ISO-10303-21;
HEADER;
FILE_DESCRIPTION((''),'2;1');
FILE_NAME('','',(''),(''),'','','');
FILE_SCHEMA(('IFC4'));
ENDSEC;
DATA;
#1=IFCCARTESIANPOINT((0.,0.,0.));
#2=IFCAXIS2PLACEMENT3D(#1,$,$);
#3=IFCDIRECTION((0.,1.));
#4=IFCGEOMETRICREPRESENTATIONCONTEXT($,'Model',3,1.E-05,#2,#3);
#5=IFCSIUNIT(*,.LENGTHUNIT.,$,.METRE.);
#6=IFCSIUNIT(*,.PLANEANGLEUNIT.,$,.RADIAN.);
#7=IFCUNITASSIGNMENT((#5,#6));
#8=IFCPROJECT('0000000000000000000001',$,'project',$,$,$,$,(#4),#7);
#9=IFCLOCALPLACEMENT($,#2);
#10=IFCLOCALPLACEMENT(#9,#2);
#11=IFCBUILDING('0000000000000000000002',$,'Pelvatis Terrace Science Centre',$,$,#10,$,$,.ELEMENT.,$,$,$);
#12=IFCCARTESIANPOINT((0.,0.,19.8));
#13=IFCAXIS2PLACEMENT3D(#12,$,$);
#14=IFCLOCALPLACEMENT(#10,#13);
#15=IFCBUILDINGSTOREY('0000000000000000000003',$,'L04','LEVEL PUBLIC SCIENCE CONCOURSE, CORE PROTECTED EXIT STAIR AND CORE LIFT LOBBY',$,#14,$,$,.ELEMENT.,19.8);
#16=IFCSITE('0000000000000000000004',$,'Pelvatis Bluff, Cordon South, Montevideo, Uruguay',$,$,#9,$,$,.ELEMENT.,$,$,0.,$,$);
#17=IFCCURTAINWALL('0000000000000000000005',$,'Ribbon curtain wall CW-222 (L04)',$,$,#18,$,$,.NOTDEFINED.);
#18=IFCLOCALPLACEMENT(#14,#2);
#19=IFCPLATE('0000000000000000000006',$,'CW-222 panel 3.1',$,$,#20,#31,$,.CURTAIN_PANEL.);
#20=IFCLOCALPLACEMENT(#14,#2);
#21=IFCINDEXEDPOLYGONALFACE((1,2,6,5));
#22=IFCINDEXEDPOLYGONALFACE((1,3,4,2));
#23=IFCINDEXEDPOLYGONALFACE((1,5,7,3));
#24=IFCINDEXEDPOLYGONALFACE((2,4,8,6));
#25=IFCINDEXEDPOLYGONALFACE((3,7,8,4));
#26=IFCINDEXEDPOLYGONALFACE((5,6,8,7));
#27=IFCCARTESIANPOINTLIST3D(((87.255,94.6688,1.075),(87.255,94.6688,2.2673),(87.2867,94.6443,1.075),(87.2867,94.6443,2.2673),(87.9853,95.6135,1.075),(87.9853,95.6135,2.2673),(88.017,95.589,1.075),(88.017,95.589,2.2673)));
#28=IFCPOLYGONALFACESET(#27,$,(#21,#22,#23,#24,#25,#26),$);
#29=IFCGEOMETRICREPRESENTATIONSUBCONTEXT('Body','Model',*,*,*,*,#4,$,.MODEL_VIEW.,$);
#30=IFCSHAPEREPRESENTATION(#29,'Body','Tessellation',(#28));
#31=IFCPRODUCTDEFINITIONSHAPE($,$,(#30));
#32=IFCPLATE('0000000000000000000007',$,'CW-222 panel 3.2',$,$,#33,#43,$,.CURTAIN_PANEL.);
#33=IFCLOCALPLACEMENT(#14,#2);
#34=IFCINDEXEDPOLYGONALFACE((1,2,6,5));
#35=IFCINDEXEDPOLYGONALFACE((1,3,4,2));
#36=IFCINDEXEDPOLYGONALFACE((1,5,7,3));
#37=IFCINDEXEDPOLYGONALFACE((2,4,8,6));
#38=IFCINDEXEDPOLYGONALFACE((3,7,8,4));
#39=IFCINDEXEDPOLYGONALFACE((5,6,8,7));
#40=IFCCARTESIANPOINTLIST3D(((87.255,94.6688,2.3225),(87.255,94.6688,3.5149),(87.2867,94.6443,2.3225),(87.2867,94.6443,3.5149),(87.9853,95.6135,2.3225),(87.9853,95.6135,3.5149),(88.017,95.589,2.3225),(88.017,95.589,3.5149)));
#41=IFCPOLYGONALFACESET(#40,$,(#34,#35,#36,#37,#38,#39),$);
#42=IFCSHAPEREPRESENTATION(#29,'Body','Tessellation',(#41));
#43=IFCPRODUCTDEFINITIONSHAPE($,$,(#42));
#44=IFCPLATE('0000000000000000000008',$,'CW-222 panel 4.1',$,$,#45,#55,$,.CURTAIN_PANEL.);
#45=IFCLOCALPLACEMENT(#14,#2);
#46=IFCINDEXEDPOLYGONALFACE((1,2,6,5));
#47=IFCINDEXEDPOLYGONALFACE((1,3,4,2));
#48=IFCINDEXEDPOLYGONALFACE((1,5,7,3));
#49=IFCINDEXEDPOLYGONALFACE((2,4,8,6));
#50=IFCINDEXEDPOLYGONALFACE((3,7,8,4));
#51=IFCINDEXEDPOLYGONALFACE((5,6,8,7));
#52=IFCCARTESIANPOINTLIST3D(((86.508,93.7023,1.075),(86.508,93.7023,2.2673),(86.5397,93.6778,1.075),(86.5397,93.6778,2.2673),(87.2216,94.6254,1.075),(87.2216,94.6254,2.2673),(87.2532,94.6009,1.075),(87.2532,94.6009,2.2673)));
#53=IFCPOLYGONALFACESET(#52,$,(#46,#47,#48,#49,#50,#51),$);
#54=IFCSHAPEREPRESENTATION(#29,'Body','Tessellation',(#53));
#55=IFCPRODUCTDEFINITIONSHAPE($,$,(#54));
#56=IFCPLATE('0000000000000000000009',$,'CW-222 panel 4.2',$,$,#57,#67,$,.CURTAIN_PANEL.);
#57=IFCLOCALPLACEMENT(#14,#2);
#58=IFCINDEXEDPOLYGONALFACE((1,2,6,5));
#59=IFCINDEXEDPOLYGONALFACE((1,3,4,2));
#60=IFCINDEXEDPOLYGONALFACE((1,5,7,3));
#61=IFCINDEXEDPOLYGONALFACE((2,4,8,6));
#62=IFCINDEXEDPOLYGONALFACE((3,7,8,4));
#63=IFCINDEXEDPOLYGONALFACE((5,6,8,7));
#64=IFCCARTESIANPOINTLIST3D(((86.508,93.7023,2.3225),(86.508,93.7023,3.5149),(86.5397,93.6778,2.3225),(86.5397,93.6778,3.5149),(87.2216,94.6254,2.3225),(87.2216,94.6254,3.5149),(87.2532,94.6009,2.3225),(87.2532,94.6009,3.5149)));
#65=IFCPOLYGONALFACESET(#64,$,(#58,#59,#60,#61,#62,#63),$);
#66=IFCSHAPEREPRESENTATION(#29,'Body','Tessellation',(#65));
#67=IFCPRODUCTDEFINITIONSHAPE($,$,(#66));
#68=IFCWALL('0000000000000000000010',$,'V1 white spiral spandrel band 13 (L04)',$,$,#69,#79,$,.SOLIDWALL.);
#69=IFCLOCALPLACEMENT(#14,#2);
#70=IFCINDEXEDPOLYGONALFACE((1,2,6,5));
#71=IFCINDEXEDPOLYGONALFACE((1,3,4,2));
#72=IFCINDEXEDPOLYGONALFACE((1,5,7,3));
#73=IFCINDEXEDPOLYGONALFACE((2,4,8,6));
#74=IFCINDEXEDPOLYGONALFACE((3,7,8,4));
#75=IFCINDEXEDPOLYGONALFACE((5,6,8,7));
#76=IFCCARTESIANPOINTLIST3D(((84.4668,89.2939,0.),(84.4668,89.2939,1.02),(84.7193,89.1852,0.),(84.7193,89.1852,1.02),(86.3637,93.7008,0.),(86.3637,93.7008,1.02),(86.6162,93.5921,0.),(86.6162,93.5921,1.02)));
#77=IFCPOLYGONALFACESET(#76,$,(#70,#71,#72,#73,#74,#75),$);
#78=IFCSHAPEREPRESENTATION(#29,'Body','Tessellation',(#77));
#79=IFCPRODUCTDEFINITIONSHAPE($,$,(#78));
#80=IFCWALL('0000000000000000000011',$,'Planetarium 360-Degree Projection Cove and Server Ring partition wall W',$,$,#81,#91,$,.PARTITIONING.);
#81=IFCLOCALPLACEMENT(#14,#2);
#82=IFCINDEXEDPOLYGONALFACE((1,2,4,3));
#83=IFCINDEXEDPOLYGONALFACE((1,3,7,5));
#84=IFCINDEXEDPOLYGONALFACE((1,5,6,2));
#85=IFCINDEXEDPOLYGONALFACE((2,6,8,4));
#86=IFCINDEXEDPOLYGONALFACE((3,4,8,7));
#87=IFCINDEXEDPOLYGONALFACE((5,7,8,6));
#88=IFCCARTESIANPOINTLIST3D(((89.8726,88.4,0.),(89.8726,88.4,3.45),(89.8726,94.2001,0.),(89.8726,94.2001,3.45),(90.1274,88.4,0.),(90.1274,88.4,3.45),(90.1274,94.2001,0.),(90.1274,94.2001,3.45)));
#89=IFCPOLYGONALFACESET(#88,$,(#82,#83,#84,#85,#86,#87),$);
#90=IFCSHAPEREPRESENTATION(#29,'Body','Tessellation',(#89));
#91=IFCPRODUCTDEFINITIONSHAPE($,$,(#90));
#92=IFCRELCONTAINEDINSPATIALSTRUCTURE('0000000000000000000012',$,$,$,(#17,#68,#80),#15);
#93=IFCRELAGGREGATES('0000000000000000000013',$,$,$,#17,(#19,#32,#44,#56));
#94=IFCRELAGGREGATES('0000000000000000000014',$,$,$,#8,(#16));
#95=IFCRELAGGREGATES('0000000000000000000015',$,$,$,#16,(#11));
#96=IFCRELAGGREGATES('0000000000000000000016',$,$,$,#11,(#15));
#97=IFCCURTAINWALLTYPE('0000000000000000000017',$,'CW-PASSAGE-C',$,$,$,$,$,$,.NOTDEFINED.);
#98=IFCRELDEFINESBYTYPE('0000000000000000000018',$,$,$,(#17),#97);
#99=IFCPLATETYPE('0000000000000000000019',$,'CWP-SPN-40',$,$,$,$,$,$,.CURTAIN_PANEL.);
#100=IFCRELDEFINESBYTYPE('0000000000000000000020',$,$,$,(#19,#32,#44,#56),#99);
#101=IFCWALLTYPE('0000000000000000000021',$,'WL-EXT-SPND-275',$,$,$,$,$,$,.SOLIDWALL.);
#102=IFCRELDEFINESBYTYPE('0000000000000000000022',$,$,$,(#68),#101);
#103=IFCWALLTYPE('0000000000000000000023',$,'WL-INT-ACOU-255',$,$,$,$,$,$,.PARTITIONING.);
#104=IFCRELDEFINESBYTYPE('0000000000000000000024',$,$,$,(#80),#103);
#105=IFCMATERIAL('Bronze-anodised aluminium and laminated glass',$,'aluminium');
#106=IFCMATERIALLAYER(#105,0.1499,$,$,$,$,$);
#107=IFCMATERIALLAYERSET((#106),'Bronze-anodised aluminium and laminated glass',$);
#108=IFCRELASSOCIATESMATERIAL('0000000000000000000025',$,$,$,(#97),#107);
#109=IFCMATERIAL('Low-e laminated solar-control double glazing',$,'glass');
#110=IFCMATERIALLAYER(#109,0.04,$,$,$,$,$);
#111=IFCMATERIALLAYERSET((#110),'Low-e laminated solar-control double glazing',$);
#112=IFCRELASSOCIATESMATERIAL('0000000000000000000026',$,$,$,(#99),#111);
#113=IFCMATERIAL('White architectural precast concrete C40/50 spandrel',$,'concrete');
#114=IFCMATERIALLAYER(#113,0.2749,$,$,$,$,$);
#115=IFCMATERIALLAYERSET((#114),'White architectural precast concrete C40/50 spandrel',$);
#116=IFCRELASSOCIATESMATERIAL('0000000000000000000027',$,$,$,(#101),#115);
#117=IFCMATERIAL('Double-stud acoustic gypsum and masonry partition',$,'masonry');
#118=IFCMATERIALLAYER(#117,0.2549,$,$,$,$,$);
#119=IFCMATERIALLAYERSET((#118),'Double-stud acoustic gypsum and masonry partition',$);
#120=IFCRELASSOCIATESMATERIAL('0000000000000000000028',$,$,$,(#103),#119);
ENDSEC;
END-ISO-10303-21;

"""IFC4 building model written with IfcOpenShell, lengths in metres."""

from ifc_helpers import new_model, si_unit, direction, frame, frame_2d, origin, origin_2d, place, context, subcontext, project, spatial, rectangle, extrude, material, layer, layer_set, type_object, element, aggregate, save


model = new_model("IFC4")

# Units and contexts
model_context = context("Model", 3, precision=1e-05, world=origin(), true_north=direction((0.0, 1.0)))
body_context = subcontext(model_context, "Body", "Model", "MODEL_VIEW")
ifc_project = project(units=[si_unit("LENGTHUNIT", "METRE"), si_unit("PLANEANGLEUNIT", "RADIAN")], contexts=[model_context])

# Site, building, storey
site_placement = place(None, origin())
site = spatial("IfcSite", under=ifc_project, at=site_placement, Name="Pelvatis Bluff, Cordon South, Montevideo, Uruguay", CompositionType="ELEMENT", RefElevation=0.0)
building_placement = place(site_placement, origin())
building = spatial("IfcBuilding", under=site, at=building_placement, Name="Pelvatis Terrace Science Centre", CompositionType="ELEMENT")
storey_placement = place(building_placement, frame((0.0, 0.0, 19.8)))
storey = spatial("IfcBuildingStorey", under=building, at=storey_placement, Name="L04", Description="LEVEL PUBLIC SCIENCE CONCOURSE, CORE PROTECTED EXIT STAIR AND CORE LIFT LOBBY", CompositionType="ELEMENT", Elevation=19.8)

# Curtain wall
ifc_material_1 = material(Name="Bronze-anodised aluminium and laminated glass", Category="aluminium")
ifc_layer_1 = layer(ifc_material_1, 0.1499)
ifc_layer_set_1 = layer_set([ifc_layer_1], Name="Bronze-anodised aluminium and laminated glass")
curtain_wall_type = type_object("IfcCurtainWallType", Name="CW-PASSAGE-C", PredefinedType="NOTDEFINED", material=ifc_layer_set_1)
curtain_wall_1_placement = place(storey_placement, origin())
curtain_wall_1 = element("IfcCurtainWall", 1, at=curtain_wall_1_placement, inside=storey, type_object=curtain_wall_type, Name="Ribbon curtain wall CW-222 (L04)", PredefinedType="NOTDEFINED")

# Plates
ifc_material_2 = material(Name="Low-e laminated solar-control double glazing", Category="glass")
ifc_layer_2 = layer(ifc_material_2, 0.04)
ifc_layer_set_2 = layer_set([ifc_layer_2], Name="Low-e laminated solar-control double glazing")
plate_type = type_object("IfcPlateType", Name="CWP-SPN-40", PredefinedType="CURTAIN_PANEL", material=ifc_layer_set_2)
plate_1_placement = place(storey_placement, frame((87.636, 95.1289, 1.075), z_axis=(0.0, 0.0, 1.0), x_axis=(-0.611582, -0.791181, 0.0)))
plate_1 = element("IfcPlate", 2, at=plate_1_placement, type_object=plate_type, Name="CW-222 panel 3.1", PredefinedType="CURTAIN_PANEL", context=body_context, shape_type="SweptSolid", body=[
    extrude(rectangle(XDim=1.1941, YDim=0.04, at=origin_2d()), origin(), (0.0, 0.0, 1.0), 1.1924),
])
plate_2_placement = place(storey_placement, frame((87.636, 95.1289, 2.3225), z_axis=(0.0, 0.0, 1.0), x_axis=(-0.611582, -0.791181, 0.0)))
plate_2 = element("IfcPlate", 3, at=plate_2_placement, type_object=plate_type, Name="CW-222 panel 3.2", PredefinedType="CURTAIN_PANEL", context=body_context, shape_type="SweptSolid", body=[
    extrude(rectangle(XDim=1.1941, YDim=0.04, at=origin_2d()), origin(), (0.0, 0.0, 1.0), 1.1924),
])
plate_3_placement = place(storey_placement, frame((86.8806, 94.1516, 1.075), z_axis=(0.0, 0.0, 1.0), x_axis=(-0.611582, -0.791181, 0.0)))
plate_3 = element("IfcPlate", 4, at=plate_3_placement, type_object=plate_type, Name="CW-222 panel 4.1", PredefinedType="CURTAIN_PANEL", context=body_context, shape_type="SweptSolid", body=[
    extrude(rectangle(XDim=1.1667, YDim=0.04, at=origin_2d()), origin(), (0.0, 0.0, 1.0), 1.1924),
])
plate_4_placement = place(storey_placement, frame((86.8806, 94.1516, 2.3225), z_axis=(0.0, 0.0, 1.0), x_axis=(-0.611582, -0.791181, 0.0)))
plate_4 = element("IfcPlate", 5, at=plate_4_placement, type_object=plate_type, Name="CW-222 panel 4.2", PredefinedType="CURTAIN_PANEL", context=body_context, shape_type="SweptSolid", body=[
    extrude(rectangle(XDim=1.1667, YDim=0.04, at=origin_2d()), origin(), (0.0, 0.0, 1.0), 1.1924),
])
aggregate(curtain_wall_1, [plate_1, plate_2, plate_3, plate_4])

# Walls
ifc_material_3 = material(Name="White architectural precast concrete C40/50 spandrel", Category="concrete")
ifc_layer_3 = layer(ifc_material_3, 0.2749)
ifc_layer_set_3 = layer_set([ifc_layer_3], Name="White architectural precast concrete C40/50 spandrel")
wall_type_1 = type_object("IfcWallType", Name="WL-EXT-SPND-275", PredefinedType="SOLIDWALL", material=ifc_layer_set_3)
wall_1_placement = place(storey_placement, frame((86.49, 93.6465, 0.0), z_axis=(0.0, 0.0, 1.0), x_axis=(-0.395374, -0.91852, 0.0)))
element("IfcWall", 6, at=wall_1_placement, inside=storey, type_object=wall_type_1, Name="V1 white spiral spandrel band 13 (L04)", PredefinedType="SOLIDWALL", context=body_context, shape_type="SweptSolid", body=[
    extrude(rectangle(XDim=4.7979, YDim=0.2749, at=frame_2d((2.3989, 0.0))), origin(), (0.0, 0.0, 1.0), 1.02),
])
ifc_material_4 = material(Name="Double-stud acoustic gypsum and masonry partition", Category="masonry")
ifc_layer_4 = layer(ifc_material_4, 0.2549)
ifc_layer_set_4 = layer_set([ifc_layer_4], Name="Double-stud acoustic gypsum and masonry partition")
wall_type_2 = type_object("IfcWallType", Name="WL-INT-ACOU-255", PredefinedType="PARTITIONING", material=ifc_layer_set_4)
wall_2_placement = place(storey_placement, frame((90.0, 94.2, 0.0), z_axis=(0.0, 0.0, 1.0), x_axis=(0.0, -1.0, 0.0)))
element("IfcWall", 7, at=wall_2_placement, inside=storey, type_object=wall_type_2, Name="Planetarium 360-Degree Projection Cove and Server Ring partition wall W", PredefinedType="PARTITIONING", context=body_context, shape_type="SweptSolid", body=[
    extrude(rectangle(XDim=5.8, YDim=0.2549, at=frame_2d((2.8999, 0.0))), origin(), (0.0, 0.0, 1.0), 3.45),
])

save(model, "model.ifc")
